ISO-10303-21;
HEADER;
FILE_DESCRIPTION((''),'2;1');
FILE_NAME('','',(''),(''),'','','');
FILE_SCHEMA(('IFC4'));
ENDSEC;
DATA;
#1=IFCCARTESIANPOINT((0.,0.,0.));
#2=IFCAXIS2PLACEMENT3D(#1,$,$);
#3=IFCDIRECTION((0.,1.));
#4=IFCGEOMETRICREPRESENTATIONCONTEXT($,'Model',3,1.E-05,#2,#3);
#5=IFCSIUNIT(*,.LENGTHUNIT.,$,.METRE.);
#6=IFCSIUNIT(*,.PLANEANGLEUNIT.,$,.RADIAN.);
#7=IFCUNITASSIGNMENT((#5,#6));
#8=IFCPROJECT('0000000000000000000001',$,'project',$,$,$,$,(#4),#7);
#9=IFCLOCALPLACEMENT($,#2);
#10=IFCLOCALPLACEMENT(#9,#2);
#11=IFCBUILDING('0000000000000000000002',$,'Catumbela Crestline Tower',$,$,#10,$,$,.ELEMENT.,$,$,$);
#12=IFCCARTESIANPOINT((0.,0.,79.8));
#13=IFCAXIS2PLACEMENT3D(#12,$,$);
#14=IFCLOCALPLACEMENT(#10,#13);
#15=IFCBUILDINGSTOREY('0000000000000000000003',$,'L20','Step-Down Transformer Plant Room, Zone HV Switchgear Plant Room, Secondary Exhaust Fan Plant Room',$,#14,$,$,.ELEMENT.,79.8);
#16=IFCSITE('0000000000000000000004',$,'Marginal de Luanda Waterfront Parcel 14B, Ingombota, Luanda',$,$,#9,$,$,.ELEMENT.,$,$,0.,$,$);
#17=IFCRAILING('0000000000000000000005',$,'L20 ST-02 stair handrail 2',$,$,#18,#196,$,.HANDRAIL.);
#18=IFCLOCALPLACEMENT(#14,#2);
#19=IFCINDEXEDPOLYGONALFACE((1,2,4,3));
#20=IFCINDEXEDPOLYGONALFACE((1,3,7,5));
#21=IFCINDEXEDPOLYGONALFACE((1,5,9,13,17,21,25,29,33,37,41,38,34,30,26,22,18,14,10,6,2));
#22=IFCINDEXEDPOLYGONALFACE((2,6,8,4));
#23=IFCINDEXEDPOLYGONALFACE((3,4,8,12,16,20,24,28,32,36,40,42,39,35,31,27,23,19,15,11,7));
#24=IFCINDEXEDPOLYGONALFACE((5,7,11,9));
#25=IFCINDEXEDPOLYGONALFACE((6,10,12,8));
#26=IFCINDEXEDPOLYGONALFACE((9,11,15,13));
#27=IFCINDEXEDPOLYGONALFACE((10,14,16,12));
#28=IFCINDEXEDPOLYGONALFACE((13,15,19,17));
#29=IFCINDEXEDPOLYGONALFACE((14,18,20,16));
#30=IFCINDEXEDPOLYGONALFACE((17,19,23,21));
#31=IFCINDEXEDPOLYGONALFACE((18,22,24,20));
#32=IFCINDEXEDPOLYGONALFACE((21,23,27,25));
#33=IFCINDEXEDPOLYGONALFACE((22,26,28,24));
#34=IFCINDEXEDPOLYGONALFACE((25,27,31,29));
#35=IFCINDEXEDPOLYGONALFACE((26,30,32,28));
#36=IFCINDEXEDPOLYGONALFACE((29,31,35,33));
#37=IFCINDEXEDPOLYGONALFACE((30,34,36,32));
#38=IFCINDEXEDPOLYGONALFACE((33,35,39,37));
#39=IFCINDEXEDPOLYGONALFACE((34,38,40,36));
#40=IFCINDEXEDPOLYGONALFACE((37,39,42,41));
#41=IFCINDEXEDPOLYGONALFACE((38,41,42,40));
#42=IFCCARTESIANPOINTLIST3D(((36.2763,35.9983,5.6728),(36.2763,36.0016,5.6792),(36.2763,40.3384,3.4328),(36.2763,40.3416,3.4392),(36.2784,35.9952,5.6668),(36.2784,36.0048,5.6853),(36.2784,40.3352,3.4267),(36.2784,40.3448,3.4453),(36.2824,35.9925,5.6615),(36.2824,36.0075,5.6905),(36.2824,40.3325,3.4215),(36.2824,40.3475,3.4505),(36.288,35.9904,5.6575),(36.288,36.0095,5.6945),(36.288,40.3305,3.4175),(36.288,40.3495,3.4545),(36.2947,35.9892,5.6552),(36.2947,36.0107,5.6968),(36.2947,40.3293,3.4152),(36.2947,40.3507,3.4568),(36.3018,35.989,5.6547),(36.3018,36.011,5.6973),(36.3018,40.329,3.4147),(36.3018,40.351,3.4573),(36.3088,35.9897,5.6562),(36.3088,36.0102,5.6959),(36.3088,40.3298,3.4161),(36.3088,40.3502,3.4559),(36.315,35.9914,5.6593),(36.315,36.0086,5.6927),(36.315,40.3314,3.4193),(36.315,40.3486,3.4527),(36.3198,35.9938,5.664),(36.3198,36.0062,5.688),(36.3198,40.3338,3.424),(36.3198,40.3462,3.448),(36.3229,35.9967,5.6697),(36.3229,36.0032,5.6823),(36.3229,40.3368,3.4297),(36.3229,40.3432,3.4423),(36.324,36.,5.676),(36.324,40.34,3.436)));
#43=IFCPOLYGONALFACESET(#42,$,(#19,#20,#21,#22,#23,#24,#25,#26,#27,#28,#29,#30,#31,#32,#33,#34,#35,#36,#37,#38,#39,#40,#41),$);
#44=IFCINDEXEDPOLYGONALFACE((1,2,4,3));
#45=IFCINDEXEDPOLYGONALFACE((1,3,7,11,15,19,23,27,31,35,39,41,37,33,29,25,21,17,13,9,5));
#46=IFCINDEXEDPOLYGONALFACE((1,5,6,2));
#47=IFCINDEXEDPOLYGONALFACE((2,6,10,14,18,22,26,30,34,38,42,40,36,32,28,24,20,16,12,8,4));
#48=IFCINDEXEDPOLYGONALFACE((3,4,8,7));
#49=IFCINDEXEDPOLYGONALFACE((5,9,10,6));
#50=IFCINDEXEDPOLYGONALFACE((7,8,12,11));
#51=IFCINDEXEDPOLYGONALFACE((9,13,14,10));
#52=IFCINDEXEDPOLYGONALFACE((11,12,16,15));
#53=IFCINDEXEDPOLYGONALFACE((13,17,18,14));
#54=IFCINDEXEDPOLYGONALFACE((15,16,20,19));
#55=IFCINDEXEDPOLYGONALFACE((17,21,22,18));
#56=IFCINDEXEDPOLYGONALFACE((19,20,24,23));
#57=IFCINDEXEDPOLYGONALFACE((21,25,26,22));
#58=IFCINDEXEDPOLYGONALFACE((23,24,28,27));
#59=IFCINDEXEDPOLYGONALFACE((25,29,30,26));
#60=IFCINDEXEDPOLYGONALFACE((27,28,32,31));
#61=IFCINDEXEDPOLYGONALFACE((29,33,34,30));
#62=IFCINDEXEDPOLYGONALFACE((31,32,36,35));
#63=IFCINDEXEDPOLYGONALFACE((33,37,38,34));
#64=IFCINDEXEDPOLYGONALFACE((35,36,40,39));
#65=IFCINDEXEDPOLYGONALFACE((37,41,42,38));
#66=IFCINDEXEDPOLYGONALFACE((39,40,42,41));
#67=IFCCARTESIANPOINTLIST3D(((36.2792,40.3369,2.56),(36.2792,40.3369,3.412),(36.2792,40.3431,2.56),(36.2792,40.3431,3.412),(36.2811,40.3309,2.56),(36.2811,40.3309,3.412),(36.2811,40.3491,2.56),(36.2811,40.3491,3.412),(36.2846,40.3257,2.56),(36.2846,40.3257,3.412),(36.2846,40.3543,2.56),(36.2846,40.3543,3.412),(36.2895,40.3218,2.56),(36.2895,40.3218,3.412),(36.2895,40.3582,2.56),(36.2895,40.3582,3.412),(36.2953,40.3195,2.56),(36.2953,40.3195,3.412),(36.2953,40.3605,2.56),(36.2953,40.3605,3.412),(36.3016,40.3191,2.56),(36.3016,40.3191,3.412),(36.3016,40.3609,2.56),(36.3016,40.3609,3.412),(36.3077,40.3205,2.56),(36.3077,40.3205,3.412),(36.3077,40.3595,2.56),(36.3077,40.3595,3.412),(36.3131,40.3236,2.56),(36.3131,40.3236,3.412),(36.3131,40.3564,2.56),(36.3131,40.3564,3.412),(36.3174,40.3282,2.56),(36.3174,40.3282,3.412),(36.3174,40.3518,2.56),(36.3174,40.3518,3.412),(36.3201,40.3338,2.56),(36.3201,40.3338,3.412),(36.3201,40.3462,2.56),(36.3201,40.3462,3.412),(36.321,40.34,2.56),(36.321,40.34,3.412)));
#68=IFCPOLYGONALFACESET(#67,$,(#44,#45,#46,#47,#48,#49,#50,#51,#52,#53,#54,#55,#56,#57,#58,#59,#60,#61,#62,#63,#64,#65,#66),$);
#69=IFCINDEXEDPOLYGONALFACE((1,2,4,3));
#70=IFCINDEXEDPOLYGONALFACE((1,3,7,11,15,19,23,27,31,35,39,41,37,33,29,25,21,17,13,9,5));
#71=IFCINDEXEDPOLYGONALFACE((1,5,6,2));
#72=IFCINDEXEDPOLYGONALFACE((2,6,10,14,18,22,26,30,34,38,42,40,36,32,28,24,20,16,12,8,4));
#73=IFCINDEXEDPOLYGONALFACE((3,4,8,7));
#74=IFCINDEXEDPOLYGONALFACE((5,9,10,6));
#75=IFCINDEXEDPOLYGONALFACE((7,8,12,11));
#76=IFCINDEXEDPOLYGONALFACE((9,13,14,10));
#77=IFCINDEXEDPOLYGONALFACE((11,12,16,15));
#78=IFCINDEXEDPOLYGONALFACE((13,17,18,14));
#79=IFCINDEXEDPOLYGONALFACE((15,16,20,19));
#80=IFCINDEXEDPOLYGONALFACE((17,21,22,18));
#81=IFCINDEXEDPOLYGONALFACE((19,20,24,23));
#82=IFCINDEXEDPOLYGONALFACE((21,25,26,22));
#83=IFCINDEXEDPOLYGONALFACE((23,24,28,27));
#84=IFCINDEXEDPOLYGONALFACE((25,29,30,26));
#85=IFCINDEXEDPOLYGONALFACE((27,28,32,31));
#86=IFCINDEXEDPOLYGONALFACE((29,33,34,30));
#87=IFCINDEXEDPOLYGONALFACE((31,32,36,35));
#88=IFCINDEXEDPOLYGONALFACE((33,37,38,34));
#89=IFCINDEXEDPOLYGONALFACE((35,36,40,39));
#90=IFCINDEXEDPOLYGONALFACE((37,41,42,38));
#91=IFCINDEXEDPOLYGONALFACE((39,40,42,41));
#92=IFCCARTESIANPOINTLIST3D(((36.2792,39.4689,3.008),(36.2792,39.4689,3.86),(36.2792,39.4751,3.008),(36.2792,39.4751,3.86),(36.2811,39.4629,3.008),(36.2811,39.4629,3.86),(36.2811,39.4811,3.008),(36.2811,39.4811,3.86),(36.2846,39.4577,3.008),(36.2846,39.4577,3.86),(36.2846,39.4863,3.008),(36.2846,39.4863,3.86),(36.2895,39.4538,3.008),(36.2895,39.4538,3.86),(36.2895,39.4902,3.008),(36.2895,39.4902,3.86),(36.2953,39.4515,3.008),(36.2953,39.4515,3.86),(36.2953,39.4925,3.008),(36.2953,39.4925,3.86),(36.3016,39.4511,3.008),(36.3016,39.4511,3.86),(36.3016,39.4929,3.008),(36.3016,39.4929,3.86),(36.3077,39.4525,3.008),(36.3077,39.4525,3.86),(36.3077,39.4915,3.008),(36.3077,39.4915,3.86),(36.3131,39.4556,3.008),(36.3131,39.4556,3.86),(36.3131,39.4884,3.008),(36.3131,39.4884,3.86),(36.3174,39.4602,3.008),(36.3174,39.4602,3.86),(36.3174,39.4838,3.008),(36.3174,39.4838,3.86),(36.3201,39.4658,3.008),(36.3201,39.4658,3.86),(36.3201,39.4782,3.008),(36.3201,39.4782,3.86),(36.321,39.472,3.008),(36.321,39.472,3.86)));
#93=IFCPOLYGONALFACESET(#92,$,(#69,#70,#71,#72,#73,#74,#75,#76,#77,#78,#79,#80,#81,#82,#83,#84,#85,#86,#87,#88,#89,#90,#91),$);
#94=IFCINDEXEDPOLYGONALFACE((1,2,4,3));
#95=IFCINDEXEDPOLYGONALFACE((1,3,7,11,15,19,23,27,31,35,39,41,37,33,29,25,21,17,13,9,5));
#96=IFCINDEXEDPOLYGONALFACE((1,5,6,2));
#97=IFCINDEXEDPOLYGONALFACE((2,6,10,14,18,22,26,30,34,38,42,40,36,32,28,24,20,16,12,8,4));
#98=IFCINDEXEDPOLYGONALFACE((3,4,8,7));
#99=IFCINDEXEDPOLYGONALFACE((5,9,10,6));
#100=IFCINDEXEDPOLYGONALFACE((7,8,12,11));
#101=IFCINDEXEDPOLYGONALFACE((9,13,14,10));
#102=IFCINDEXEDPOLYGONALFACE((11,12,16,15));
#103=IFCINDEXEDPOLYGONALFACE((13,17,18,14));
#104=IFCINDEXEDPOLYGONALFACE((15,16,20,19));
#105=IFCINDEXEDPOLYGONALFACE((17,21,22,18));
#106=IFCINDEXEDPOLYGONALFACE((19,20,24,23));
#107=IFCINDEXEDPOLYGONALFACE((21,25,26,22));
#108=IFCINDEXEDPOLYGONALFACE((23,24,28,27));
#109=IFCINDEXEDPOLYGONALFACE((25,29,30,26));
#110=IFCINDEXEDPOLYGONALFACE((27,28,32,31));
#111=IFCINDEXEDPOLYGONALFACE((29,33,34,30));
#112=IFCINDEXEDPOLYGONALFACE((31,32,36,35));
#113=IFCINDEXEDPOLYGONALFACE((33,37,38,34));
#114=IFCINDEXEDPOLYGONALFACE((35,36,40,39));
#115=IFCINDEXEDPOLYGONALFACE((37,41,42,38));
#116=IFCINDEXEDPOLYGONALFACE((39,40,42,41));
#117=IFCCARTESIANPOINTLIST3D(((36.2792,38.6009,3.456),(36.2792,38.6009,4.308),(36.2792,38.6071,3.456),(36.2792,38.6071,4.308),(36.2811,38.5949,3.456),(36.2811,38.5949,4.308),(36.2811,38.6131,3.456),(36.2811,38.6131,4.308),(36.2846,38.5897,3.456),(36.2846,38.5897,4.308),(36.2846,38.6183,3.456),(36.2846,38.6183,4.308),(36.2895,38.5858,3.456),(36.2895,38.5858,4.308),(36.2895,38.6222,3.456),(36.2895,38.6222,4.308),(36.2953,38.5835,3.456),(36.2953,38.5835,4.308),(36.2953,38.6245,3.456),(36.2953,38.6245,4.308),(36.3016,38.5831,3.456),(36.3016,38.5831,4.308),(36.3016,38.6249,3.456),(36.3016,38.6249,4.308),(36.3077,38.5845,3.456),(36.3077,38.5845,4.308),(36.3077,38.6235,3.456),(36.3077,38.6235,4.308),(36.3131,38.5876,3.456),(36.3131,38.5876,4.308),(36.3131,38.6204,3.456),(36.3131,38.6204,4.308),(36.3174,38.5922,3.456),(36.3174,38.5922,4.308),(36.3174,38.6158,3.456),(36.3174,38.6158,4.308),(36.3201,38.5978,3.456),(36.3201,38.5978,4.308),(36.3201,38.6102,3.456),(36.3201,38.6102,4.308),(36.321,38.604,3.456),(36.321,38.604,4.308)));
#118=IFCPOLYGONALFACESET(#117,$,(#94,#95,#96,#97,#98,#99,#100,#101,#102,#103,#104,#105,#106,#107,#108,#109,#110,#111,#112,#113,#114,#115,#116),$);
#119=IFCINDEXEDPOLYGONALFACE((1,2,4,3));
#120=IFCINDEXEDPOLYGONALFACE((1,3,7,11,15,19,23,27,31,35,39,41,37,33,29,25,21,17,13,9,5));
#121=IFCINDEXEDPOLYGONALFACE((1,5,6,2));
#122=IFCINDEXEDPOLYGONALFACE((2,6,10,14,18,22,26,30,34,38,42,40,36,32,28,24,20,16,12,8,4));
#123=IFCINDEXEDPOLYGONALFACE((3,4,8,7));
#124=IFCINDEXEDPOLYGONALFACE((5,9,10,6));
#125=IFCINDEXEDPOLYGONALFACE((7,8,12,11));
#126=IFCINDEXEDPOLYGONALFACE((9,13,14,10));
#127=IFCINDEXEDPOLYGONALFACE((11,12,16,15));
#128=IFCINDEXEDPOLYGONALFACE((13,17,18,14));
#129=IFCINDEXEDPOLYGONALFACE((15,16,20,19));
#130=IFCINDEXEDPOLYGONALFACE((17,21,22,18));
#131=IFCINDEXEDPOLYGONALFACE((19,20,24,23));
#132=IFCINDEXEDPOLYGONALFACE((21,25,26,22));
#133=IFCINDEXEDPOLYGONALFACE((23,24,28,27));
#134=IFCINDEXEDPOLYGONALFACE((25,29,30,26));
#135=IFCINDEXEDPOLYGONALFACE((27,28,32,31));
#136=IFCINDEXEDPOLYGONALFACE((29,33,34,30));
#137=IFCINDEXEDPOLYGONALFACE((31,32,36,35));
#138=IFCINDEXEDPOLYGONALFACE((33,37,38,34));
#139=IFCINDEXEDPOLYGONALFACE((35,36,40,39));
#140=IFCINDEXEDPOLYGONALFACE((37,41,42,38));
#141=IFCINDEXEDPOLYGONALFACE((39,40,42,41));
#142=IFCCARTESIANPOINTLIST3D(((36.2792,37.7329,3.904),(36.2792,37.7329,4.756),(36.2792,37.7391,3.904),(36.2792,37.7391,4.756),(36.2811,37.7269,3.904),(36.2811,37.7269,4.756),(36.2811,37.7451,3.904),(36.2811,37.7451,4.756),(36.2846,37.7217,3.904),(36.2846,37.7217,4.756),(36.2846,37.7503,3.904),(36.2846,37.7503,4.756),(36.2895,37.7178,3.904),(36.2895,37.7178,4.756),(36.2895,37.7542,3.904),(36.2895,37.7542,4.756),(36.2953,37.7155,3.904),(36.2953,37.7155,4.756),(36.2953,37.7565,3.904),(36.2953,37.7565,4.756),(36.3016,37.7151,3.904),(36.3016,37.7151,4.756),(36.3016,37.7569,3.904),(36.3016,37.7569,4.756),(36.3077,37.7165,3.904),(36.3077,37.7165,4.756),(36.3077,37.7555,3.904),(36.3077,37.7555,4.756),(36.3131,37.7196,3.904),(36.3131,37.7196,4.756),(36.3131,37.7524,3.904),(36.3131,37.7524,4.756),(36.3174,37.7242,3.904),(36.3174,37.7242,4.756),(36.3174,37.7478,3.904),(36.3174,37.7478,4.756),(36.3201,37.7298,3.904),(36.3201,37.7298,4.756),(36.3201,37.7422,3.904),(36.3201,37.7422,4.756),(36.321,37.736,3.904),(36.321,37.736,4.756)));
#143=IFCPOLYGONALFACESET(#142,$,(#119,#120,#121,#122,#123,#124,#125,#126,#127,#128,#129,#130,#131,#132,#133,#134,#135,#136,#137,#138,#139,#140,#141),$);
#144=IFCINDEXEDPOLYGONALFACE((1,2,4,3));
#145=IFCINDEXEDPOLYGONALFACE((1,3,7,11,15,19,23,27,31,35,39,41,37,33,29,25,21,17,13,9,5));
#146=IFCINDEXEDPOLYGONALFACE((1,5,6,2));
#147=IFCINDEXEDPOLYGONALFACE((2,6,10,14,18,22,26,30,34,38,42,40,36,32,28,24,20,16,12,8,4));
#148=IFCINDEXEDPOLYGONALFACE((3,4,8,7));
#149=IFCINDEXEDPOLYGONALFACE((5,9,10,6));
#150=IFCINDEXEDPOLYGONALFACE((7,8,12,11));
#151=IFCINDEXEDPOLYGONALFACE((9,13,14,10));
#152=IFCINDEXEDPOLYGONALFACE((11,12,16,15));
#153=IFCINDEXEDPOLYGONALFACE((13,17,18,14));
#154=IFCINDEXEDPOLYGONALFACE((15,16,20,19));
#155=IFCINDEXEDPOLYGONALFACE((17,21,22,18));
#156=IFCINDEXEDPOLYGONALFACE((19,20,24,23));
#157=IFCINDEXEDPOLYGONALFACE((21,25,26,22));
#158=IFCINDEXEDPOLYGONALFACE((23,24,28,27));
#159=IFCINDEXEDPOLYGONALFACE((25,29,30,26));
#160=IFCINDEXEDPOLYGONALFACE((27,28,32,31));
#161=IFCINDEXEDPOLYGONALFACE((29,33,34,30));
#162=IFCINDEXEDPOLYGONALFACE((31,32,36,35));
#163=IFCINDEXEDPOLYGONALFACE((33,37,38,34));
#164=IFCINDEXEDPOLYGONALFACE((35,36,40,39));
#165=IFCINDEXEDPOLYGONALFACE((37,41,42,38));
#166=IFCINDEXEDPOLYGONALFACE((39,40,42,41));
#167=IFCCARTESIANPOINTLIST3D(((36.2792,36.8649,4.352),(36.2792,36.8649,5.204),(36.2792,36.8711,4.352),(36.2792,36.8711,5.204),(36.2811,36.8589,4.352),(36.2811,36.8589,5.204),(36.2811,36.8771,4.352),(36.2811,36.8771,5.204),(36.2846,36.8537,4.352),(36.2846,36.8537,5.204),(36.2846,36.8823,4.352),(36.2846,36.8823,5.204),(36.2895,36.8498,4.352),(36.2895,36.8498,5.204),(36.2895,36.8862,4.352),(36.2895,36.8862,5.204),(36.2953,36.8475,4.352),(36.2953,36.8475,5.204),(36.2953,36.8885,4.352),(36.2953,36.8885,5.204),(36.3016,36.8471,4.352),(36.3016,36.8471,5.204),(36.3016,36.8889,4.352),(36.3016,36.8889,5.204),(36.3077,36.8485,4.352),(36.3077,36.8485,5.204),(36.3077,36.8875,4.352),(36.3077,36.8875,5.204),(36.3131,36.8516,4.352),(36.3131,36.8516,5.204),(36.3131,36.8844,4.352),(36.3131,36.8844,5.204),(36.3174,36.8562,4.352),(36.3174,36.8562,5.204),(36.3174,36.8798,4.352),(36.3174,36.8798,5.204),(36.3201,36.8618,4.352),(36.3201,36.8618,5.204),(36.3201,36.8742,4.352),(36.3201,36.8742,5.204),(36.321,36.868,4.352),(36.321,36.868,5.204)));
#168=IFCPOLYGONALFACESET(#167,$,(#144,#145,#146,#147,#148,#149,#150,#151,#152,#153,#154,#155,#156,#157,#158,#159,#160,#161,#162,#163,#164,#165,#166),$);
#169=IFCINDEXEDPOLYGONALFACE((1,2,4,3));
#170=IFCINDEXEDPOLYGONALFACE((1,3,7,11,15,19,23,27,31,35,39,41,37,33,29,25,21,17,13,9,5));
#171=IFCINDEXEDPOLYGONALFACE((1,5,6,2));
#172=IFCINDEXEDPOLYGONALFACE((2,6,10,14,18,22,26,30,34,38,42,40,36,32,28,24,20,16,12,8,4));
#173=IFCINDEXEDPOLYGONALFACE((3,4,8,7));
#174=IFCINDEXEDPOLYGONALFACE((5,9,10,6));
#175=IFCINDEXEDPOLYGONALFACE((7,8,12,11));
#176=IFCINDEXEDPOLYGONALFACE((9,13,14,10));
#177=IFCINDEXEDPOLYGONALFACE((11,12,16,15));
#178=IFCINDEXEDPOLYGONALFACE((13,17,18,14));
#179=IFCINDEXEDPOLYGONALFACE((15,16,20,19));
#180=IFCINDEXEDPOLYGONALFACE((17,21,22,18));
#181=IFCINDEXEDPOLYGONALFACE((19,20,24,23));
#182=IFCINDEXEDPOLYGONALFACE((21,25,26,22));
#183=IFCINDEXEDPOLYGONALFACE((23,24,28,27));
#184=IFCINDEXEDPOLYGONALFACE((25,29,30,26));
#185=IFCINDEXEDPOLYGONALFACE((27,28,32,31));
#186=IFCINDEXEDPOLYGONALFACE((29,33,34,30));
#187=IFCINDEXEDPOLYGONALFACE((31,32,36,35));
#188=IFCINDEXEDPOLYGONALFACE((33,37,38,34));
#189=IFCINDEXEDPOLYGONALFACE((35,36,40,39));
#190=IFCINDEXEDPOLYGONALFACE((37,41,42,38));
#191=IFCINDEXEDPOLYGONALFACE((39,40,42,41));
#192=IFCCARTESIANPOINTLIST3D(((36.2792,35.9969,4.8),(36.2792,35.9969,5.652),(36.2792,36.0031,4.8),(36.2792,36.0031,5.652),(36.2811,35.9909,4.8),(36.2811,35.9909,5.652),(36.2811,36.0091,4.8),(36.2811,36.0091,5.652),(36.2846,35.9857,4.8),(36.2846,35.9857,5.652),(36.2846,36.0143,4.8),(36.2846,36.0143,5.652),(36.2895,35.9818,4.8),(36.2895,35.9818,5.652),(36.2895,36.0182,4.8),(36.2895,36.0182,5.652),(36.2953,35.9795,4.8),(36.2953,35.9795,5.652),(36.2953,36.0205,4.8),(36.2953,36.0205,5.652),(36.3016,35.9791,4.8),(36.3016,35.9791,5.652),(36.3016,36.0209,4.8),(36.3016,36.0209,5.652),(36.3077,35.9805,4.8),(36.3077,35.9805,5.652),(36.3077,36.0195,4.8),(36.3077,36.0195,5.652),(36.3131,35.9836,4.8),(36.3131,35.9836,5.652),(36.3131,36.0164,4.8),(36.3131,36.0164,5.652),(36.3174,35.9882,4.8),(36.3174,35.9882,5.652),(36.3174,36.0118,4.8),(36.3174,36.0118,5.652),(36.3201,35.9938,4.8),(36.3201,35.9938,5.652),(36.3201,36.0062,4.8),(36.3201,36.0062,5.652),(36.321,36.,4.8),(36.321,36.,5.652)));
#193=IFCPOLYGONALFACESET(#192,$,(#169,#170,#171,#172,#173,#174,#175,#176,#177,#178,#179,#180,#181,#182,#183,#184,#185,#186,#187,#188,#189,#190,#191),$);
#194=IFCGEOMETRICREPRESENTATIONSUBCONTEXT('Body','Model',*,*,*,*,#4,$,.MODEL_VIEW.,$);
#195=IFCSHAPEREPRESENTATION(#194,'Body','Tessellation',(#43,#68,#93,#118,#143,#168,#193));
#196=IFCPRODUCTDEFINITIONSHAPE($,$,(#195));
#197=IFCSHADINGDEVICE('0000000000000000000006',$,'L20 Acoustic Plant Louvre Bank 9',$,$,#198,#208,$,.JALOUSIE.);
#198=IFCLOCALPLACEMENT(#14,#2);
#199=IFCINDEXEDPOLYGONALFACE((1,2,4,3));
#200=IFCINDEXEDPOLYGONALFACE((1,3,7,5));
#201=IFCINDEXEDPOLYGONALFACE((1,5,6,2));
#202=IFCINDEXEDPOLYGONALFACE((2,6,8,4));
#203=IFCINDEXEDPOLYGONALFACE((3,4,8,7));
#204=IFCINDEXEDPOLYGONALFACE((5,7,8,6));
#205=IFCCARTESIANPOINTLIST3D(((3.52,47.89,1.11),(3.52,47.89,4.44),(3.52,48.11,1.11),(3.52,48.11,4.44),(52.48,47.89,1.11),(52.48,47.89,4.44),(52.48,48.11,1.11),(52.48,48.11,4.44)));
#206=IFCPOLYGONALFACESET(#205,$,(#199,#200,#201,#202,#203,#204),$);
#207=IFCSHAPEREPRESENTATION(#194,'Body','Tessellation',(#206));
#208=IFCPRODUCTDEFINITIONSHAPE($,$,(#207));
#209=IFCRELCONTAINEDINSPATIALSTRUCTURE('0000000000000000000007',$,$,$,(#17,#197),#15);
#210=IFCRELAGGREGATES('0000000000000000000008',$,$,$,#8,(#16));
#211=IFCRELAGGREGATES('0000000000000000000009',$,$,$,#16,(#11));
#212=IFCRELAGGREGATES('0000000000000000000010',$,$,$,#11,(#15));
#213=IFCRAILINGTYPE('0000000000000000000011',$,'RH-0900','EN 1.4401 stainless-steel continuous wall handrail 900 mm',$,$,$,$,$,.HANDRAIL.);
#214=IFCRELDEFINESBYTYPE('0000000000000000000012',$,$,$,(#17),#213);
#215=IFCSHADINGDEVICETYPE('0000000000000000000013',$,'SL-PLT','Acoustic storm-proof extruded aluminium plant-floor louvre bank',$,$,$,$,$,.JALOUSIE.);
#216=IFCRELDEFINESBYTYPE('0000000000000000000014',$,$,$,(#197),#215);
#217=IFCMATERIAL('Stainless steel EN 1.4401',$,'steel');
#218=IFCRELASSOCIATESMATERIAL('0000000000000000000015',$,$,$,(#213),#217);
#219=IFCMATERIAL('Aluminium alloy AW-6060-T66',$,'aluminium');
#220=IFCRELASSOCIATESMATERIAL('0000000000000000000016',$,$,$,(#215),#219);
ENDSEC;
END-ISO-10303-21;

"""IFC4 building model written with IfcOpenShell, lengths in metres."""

from ifc_helpers import new_model, si_unit, direction, frame, origin, origin_2d, place, context, subcontext, project, spatial, rectangle, circle, extrude, material, type_object, element, save


model = new_model("IFC4")

# Units and contexts
model_context = context("Model", 3, precision=1e-05, world=origin(), true_north=direction((0.0, 1.0)))
body_context = subcontext(model_context, "Body", "Model", "MODEL_VIEW")
ifc_project = project(units=[si_unit("LENGTHUNIT", "METRE"), si_unit("PLANEANGLEUNIT", "RADIAN")], contexts=[model_context])

# Site, building, storey
site_placement = place(None, origin())
site = spatial("IfcSite", under=ifc_project, at=site_placement, Name="Marginal de Luanda Waterfront Parcel 14B, Ingombota, Luanda", CompositionType="ELEMENT", RefElevation=0.0)
building_placement = place(site_placement, origin())
building = spatial("IfcBuilding", under=site, at=building_placement, Name="Catumbela Crestline Tower", CompositionType="ELEMENT")
storey_placement = place(building_placement, frame((0.0, 0.0, 79.8)))
storey = spatial("IfcBuildingStorey", under=building, at=storey_placement, Name="L20", Description="Step-Down Transformer Plant Room, Zone HV Switchgear Plant Room, Secondary Exhaust Fan Plant Room", CompositionType="ELEMENT", Elevation=79.8)

# Shared definitions
ifc_material_1 = material(Name="Stainless steel EN 1.4401", Category="steel")

# Railing
railing_type_1 = type_object("IfcRailingType", Name="RH-0900", Description="EN 1.4401 stainless-steel continuous wall handrail 900 mm", PredefinedType="HANDRAIL", material=ifc_material_1)
railing_1_placement = place(storey_placement, frame((36.3, 40.34, 2.56)))
element("IfcRailing", 1, at=railing_1_placement, inside=storey, type_object=railing_type_1, Name="L20 ST-02 stair handrail 2", PredefinedType="HANDRAIL", context=body_context, shape_type="SweptSolid", body=[
    extrude(circle(Radius=0.024, at=origin_2d()), frame((0.0, 0.0, 0.876), z_axis=(0.0, -0.888621, 0.458643), x_axis=(1.0, 0.0, 0.0)), (0.0, 0.0, 1.0), 4.884),
    extrude(circle(Radius=0.021, at=origin_2d()), origin(), (0.0, 0.0, 1.0), 0.852),
    extrude(circle(Radius=0.021, at=origin_2d()), frame((0.0, -0.868, 0.448)), (0.0, 0.0, 1.0), 0.852),
    extrude(circle(Radius=0.021, at=origin_2d()), frame((0.0, -1.736, 0.896)), (0.0, 0.0, 1.0), 0.852),
    extrude(circle(Radius=0.021, at=origin_2d()), frame((0.0, -2.604, 1.344)), (0.0, 0.0, 1.0), 0.852),
    extrude(circle(Radius=0.021, at=origin_2d()), frame((0.0, -3.472, 1.792)), (0.0, 0.0, 1.0), 0.852),
    extrude(circle(Radius=0.021, at=origin_2d()), frame((0.0, -4.34, 2.24)), (0.0, 0.0, 1.0), 0.852),
])

# Shading device
ifc_material_2 = material(Name="Aluminium alloy AW-6060-T66", Category="aluminium")
shading_device_type = type_object("IfcShadingDeviceType", Name="SL-PLT", Description="Acoustic storm-proof extruded aluminium plant-floor louvre bank", PredefinedType="JALOUSIE", material=ifc_material_2)
shading_device_placement = place(storey_placement, frame((28.0, 48.0, 1.11), z_axis=(0.0, 0.0, 1.0), x_axis=(-1.0, 0.0, 0.0)))
element("IfcShadingDevice", 2, at=shading_device_placement, inside=storey, type_object=shading_device_type, Name="L20 Acoustic Plant Louvre Bank 9", PredefinedType="JALOUSIE", context=body_context, shape_type="SweptSolid", body=[
    extrude(rectangle(XDim=48.96, YDim=0.22, at=origin_2d()), origin(), (0.0, 0.0, 1.0), 3.33),
])

save(model, "model.ifc")
